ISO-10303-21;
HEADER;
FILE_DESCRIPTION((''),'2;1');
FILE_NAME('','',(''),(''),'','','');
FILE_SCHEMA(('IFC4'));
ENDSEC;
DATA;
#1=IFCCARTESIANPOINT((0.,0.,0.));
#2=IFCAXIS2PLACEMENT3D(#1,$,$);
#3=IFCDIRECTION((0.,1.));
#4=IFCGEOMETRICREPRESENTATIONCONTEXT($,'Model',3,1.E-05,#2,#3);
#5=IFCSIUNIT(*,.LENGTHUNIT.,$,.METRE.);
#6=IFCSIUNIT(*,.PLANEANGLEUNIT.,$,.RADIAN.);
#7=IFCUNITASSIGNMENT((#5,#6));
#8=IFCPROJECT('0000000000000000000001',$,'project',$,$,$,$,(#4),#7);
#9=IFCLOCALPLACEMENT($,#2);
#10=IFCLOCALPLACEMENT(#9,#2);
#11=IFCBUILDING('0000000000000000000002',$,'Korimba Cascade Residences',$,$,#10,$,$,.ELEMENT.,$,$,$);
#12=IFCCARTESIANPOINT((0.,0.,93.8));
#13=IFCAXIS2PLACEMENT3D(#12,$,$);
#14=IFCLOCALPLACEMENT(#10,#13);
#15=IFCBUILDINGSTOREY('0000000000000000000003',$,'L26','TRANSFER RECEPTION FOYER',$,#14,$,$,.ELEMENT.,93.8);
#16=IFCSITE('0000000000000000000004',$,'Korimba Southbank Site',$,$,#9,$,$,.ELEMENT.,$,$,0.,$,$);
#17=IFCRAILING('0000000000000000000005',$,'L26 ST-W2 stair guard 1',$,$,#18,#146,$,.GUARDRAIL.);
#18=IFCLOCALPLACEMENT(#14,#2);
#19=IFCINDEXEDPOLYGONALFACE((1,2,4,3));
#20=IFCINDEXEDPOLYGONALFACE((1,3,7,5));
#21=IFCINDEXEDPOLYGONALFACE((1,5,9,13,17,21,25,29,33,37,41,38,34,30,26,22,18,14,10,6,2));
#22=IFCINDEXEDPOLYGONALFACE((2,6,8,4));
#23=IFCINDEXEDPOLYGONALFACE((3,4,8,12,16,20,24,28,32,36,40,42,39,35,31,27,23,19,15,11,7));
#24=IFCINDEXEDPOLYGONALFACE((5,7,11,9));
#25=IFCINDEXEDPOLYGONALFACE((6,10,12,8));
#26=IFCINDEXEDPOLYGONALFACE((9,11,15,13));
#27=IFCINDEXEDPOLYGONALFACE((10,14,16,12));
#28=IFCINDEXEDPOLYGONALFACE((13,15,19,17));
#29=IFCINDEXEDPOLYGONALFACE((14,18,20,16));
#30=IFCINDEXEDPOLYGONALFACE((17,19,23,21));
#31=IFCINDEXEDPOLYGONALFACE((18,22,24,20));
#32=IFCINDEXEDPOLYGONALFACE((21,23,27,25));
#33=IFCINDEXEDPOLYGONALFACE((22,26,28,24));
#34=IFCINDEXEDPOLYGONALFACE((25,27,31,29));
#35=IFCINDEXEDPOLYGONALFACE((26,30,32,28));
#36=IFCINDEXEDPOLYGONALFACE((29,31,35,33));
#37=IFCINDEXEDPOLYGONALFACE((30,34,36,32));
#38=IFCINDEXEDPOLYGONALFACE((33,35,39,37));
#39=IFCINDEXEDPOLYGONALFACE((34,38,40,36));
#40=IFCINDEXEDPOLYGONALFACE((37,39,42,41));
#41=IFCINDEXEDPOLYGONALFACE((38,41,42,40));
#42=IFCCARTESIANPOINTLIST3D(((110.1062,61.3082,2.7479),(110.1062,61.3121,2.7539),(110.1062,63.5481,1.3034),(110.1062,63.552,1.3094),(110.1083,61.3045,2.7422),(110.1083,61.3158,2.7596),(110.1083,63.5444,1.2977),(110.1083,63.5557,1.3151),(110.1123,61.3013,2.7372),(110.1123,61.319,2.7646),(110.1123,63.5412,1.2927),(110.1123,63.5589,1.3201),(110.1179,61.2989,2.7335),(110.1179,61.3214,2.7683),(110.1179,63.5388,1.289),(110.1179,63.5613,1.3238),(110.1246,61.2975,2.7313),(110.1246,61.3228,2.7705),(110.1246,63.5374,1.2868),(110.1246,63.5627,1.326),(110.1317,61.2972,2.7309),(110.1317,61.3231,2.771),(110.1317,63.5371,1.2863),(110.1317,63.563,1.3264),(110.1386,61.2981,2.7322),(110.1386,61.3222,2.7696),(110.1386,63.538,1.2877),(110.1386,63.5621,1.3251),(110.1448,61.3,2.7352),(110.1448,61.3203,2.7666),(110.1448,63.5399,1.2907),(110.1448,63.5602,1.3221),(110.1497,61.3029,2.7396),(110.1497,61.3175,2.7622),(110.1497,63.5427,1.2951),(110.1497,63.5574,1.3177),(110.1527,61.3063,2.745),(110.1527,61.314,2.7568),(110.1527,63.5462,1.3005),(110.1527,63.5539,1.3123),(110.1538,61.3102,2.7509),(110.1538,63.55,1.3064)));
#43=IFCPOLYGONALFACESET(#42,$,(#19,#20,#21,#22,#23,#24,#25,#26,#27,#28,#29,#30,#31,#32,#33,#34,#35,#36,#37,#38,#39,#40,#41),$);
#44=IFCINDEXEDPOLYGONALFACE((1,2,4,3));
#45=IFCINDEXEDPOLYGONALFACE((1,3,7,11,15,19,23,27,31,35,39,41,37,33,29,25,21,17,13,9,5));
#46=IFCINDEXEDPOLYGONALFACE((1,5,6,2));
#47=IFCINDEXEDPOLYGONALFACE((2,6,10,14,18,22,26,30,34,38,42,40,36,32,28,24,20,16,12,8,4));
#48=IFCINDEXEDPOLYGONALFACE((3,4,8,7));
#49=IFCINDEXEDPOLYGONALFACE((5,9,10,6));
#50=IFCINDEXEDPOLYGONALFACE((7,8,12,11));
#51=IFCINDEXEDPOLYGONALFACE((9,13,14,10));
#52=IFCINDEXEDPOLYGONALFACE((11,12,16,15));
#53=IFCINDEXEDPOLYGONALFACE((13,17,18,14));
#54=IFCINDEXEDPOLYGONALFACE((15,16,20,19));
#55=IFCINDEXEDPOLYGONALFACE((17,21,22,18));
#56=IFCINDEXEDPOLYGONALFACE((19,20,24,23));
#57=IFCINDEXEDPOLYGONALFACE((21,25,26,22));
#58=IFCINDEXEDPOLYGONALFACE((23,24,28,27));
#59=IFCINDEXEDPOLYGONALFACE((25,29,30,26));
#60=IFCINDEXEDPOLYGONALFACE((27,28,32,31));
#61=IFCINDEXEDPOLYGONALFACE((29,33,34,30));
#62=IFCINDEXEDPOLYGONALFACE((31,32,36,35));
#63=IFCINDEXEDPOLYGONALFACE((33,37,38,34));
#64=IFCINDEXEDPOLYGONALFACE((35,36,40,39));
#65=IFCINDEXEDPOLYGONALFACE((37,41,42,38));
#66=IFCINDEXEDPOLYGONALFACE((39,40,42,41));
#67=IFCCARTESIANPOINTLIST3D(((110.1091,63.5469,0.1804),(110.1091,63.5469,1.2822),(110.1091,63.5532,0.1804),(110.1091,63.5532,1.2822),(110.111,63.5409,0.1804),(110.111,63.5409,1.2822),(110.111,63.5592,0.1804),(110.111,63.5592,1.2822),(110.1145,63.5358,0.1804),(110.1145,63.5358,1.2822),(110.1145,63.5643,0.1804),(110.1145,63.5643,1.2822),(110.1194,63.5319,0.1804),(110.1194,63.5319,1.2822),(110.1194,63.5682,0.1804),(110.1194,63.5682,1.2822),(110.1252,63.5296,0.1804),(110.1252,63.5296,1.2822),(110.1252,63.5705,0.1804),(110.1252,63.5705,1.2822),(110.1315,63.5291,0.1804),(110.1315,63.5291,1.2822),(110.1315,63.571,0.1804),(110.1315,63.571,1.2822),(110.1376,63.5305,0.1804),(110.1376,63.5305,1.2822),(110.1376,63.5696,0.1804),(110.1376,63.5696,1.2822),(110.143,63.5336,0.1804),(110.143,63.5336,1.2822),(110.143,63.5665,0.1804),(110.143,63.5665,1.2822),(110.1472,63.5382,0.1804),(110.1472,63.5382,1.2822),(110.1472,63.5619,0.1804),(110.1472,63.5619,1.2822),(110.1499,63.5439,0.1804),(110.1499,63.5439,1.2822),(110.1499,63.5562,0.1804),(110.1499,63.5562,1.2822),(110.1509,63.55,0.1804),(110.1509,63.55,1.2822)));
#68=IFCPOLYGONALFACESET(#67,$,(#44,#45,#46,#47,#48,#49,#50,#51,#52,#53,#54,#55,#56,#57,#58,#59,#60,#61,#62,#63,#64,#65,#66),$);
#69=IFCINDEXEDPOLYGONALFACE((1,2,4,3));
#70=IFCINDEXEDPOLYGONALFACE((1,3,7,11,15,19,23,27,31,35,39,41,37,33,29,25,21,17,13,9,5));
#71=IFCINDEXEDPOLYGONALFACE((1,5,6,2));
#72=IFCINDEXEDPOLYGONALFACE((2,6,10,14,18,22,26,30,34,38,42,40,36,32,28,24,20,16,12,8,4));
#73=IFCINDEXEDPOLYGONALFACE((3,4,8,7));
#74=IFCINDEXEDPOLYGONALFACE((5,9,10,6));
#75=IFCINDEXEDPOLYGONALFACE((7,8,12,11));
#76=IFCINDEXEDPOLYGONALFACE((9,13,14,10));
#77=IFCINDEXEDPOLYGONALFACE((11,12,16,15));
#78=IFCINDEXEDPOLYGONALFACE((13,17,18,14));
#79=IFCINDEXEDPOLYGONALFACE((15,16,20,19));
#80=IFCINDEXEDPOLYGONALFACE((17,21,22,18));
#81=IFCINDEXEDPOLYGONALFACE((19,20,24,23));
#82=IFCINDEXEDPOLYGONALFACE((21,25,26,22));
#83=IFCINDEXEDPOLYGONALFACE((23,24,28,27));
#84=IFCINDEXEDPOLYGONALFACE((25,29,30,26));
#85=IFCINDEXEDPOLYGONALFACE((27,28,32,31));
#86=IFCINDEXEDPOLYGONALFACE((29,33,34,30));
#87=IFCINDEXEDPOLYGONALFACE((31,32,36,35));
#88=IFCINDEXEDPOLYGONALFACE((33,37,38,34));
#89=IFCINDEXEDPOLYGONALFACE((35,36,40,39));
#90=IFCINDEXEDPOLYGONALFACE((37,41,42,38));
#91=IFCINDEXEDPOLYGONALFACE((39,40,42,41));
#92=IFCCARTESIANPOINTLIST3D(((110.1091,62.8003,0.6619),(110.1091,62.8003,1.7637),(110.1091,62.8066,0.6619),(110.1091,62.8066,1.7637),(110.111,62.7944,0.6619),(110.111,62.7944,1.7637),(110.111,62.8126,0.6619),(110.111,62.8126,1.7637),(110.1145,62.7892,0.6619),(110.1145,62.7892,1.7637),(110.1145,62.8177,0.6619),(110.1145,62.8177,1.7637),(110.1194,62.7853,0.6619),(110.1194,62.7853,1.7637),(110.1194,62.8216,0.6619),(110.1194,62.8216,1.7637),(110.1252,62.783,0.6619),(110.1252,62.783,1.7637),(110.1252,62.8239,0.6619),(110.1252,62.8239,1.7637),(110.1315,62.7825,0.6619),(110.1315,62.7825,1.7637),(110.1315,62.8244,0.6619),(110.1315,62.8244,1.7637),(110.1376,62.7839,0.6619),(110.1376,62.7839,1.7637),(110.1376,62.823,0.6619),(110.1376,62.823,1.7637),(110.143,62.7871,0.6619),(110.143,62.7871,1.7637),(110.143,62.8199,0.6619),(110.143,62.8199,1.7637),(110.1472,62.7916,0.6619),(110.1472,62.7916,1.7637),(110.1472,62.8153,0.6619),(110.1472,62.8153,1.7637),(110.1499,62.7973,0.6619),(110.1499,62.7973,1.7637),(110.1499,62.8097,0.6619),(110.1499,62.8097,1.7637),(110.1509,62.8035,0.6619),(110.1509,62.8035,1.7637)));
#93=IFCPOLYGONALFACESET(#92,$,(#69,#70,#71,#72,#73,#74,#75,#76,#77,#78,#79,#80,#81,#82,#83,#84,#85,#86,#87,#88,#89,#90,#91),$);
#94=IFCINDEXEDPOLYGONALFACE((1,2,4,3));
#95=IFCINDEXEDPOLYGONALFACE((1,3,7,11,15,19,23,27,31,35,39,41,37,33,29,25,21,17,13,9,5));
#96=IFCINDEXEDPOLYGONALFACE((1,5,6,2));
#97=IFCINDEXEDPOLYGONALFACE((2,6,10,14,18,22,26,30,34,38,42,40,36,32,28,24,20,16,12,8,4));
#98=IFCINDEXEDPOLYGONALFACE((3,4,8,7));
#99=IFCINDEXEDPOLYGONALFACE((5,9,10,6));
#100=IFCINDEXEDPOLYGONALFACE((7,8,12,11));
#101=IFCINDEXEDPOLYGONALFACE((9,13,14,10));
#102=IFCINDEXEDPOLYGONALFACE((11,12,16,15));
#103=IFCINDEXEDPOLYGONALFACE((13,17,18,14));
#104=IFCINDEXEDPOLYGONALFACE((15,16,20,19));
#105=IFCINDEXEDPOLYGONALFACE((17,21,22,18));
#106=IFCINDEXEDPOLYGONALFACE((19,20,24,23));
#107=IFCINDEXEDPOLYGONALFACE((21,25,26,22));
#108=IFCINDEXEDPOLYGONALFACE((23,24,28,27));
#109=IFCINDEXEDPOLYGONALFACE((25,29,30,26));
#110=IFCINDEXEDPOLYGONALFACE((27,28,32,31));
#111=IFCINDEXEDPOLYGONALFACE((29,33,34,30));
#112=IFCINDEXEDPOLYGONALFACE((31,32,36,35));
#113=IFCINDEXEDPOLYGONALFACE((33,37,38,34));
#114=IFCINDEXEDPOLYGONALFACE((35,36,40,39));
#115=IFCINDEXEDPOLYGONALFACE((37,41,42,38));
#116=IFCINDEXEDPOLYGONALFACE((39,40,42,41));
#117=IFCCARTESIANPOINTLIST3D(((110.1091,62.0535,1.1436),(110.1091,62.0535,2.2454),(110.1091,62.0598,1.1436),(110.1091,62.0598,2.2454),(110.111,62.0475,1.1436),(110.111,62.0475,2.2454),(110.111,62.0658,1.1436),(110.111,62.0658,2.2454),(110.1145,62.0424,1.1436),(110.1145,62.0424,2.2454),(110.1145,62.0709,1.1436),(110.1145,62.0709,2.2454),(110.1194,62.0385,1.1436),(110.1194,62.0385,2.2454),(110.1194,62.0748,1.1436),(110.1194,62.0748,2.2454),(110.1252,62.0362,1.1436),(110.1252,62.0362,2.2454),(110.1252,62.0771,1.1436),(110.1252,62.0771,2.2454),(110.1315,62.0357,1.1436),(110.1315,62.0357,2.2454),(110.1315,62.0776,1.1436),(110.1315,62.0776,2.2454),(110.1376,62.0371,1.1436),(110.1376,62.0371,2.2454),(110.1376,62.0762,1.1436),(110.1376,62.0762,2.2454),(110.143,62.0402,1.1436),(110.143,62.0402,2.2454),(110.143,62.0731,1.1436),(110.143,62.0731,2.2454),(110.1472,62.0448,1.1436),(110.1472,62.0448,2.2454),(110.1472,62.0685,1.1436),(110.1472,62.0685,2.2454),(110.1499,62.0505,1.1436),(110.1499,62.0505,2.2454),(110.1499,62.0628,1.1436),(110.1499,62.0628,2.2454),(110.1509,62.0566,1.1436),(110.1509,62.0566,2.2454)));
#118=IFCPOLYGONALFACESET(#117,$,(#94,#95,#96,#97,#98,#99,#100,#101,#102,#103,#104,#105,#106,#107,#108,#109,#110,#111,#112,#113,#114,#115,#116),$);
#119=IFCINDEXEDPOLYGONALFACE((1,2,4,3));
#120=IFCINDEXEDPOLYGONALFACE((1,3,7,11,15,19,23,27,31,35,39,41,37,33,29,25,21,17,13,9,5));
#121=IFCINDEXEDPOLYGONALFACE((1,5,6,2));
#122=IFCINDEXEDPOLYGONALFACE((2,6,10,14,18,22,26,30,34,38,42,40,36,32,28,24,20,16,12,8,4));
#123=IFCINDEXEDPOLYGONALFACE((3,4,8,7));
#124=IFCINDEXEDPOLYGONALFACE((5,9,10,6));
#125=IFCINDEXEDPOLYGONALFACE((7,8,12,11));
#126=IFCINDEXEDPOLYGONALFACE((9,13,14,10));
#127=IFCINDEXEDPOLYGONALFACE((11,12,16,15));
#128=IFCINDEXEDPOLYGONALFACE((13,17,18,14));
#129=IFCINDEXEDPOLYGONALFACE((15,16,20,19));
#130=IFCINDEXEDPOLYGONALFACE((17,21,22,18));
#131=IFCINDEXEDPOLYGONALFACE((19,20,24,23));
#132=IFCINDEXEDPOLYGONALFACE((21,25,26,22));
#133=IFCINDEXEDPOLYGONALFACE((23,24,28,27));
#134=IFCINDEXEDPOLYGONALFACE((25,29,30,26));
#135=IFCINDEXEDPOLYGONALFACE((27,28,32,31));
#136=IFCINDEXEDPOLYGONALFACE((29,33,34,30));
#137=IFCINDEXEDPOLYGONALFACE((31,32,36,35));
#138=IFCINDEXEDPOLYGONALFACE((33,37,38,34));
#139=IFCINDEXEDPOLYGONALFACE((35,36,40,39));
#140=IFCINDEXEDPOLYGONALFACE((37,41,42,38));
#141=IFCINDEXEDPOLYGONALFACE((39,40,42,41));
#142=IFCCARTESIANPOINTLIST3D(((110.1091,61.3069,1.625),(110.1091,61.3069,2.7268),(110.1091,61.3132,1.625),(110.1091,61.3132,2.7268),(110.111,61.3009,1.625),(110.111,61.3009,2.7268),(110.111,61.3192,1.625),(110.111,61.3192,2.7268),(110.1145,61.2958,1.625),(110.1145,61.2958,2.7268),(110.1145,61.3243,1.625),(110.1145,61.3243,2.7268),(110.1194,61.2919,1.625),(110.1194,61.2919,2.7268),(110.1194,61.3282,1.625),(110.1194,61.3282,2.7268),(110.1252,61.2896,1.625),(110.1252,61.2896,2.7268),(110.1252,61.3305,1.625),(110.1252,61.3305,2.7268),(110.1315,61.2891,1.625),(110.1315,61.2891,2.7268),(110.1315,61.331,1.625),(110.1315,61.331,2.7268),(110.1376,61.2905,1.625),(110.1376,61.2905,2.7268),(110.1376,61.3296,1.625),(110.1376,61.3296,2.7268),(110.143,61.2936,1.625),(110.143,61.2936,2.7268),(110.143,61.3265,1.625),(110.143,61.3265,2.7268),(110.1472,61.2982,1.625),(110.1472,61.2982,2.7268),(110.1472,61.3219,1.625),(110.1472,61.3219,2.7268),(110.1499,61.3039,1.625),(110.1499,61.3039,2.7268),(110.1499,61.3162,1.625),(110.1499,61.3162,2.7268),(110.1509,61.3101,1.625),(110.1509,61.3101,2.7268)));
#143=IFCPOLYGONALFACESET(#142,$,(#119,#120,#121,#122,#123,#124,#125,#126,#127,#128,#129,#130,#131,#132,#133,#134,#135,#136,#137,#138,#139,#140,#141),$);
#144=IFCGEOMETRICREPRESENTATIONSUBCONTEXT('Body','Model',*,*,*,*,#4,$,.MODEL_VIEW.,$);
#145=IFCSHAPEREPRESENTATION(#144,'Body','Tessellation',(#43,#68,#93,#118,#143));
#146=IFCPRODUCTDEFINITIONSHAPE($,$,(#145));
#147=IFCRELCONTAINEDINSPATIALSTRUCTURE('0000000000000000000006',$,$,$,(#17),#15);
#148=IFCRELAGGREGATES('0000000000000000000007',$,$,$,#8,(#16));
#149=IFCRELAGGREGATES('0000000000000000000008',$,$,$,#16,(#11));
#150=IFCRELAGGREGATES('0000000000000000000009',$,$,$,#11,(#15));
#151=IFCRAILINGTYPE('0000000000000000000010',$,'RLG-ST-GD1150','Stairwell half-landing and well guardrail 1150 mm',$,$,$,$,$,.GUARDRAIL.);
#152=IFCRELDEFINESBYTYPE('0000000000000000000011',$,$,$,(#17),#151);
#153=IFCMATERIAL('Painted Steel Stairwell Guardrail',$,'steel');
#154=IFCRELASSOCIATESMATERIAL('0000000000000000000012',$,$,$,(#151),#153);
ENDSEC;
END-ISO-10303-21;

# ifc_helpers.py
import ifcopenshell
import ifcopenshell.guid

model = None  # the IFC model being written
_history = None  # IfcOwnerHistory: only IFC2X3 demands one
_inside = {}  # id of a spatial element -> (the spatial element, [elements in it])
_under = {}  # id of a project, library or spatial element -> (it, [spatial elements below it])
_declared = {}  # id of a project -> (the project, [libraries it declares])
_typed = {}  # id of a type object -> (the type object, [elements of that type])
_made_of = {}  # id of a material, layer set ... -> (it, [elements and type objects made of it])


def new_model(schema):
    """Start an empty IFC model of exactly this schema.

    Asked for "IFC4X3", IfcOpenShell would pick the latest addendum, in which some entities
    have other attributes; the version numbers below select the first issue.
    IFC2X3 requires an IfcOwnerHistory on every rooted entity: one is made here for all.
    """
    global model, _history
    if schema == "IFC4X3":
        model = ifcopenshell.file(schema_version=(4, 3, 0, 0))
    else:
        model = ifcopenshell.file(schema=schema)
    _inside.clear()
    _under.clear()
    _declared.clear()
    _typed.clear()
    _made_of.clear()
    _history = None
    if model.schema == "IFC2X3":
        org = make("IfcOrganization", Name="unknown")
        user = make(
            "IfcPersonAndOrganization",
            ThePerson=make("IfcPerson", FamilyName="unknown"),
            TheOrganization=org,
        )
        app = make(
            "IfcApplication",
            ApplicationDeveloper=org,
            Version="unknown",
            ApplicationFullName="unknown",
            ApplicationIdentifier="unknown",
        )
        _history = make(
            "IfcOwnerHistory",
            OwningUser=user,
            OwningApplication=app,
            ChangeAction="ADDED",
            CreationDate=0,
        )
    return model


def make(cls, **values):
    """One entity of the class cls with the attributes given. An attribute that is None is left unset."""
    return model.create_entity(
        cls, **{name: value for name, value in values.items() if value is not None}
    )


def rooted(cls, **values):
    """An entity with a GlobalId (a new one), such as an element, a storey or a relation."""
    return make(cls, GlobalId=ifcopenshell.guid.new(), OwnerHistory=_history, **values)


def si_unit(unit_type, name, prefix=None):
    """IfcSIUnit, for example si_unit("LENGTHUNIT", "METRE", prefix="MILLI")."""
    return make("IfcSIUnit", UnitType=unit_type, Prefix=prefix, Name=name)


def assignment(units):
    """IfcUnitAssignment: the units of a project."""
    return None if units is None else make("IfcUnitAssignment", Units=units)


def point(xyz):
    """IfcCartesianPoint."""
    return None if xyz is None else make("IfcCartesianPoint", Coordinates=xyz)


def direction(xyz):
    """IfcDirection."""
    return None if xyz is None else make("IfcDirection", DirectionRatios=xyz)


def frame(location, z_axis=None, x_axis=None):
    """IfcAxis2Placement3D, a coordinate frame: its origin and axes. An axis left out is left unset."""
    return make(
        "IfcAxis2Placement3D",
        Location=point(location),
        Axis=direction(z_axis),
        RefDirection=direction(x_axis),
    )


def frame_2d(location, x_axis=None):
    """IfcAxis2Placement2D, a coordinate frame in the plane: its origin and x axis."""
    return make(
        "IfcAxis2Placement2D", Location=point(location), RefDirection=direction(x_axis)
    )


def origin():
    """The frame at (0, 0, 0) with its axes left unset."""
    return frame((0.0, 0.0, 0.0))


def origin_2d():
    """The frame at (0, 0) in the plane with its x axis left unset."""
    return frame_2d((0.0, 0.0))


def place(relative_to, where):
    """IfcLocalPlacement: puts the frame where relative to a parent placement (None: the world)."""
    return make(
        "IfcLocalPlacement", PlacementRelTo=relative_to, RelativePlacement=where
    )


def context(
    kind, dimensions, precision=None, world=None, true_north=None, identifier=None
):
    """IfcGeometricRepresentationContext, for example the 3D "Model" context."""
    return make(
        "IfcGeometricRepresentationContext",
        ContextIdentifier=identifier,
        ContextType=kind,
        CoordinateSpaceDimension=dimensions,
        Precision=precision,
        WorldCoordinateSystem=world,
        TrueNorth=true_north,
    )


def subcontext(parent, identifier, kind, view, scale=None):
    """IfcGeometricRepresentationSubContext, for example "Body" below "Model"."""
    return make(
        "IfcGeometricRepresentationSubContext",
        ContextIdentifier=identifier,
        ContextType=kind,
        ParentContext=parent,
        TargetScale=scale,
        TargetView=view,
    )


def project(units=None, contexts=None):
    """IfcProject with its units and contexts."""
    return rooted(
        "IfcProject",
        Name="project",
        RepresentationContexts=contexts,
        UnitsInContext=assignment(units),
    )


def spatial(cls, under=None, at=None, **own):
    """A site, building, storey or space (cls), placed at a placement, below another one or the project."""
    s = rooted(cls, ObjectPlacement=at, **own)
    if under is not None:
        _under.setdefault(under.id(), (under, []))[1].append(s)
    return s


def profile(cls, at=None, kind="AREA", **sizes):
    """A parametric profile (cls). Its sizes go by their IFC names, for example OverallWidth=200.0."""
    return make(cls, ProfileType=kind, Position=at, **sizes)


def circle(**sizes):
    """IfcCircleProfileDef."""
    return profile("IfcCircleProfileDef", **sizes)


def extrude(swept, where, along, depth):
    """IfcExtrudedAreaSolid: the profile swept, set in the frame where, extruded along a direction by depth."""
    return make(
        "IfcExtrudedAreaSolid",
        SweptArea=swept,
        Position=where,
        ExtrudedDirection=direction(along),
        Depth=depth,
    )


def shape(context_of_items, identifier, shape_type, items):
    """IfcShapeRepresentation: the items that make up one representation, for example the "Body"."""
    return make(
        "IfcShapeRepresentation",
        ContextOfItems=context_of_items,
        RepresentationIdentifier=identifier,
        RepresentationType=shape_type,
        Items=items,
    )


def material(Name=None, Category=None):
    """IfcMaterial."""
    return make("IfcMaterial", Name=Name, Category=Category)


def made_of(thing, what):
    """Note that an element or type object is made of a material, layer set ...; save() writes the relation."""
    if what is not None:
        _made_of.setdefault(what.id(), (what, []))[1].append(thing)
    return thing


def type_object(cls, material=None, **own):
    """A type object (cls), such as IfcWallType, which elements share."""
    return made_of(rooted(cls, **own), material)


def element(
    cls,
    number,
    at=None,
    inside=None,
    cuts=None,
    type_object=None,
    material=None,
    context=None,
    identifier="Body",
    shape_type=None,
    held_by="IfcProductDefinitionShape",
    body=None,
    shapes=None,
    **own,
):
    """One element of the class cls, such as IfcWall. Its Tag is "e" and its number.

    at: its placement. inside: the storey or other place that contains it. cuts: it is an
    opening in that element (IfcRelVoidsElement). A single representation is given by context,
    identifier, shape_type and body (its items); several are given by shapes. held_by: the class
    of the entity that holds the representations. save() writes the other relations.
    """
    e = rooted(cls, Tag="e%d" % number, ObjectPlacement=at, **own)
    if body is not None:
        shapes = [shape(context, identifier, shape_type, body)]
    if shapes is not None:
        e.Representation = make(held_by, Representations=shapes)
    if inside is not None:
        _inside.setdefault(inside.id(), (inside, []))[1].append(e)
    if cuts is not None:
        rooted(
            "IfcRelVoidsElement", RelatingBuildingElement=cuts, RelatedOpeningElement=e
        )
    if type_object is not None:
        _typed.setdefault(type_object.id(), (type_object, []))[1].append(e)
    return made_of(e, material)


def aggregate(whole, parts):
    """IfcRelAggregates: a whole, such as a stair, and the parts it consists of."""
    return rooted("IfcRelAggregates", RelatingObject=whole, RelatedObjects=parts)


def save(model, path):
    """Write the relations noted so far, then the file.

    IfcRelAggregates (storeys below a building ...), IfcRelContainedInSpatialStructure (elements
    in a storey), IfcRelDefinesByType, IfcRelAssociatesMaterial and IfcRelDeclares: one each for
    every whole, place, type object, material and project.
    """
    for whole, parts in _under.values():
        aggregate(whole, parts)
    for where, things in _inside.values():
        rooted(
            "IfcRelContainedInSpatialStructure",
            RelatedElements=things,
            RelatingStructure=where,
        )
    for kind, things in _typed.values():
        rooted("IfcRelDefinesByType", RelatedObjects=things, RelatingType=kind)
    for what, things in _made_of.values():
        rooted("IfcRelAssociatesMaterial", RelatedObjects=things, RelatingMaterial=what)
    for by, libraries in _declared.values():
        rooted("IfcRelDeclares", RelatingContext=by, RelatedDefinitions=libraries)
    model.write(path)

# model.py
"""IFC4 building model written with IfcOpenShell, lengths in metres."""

from ifc_helpers import new_model, si_unit, direction, frame, origin, origin_2d, place, context, subcontext, project, spatial, circle, extrude, material, type_object, element, save


model = new_model("IFC4")

# Units and contexts
model_context = context("Model", 3, precision=1e-05, world=origin(), true_north=direction((0.0, 1.0)))
body_context = subcontext(model_context, "Body", "Model", "MODEL_VIEW")
ifc_project = project(units=[si_unit("LENGTHUNIT", "METRE"), si_unit("PLANEANGLEUNIT", "RADIAN")], contexts=[model_context])

# Site, building, storey
site_placement = place(None, origin())
site = spatial("IfcSite", under=ifc_project, at=site_placement, Name="Korimba Southbank Site", CompositionType="ELEMENT", RefElevation=0.0)
building_placement = place(site_placement, origin())
building = spatial("IfcBuilding", under=site, at=building_placement, Name="Korimba Cascade Residences", CompositionType="ELEMENT")
storey_placement = place(building_placement, frame((0.0, 0.0, 93.8)))
storey = spatial("IfcBuildingStorey", under=building, at=storey_placement, Name="L26", Description="TRANSFER RECEPTION FOYER", CompositionType="ELEMENT", Elevation=93.8)

# Railing
ifc_material_1 = material(Name="Painted Steel Stairwell Guardrail", Category="steel")
railing_type_1 = type_object("IfcRailingType", Name="RLG-ST-GD1150", Description="Stairwell half-landing and well guardrail 1150 mm", PredefinedType="GUARDRAIL", material=ifc_material_1)
railing_1_placement = place(storey_placement, frame((110.1299, 63.55, 0.1804)))
element("IfcRailing", 1, at=railing_1_placement, inside=storey, type_object=railing_type_1, Name="L26 ST-W2 stair guard 1", PredefinedType="GUARDRAIL", context=body_context, shape_type="SweptSolid", body=[
    extrude(circle(Radius=0.0239, at=origin_2d()), frame((0.0, 0.0, 1.126), z_axis=(0.0, -0.840395, 0.541975), x_axis=(1.0, 0.0, 0.0)), (0.0, 0.0, 1.0), 2.6653),
    extrude(circle(Radius=0.021, at=origin_2d()), origin(), (0.0, 0.0, 1.0), 1.1018),
    extrude(circle(Radius=0.021, at=origin_2d()), frame((0.0, -0.7466, 0.4814)), (0.0, 0.0, 1.0), 1.1018),
    extrude(circle(Radius=0.021, at=origin_2d()), frame((0.0, -1.4934, 0.9631)), (0.0, 0.0, 1.0), 1.1018),
    extrude(circle(Radius=0.021, at=origin_2d()), frame((0.0, -2.24, 1.4446)), (0.0, 0.0, 1.0), 1.1018),
])

save(model, "model.ifc")
